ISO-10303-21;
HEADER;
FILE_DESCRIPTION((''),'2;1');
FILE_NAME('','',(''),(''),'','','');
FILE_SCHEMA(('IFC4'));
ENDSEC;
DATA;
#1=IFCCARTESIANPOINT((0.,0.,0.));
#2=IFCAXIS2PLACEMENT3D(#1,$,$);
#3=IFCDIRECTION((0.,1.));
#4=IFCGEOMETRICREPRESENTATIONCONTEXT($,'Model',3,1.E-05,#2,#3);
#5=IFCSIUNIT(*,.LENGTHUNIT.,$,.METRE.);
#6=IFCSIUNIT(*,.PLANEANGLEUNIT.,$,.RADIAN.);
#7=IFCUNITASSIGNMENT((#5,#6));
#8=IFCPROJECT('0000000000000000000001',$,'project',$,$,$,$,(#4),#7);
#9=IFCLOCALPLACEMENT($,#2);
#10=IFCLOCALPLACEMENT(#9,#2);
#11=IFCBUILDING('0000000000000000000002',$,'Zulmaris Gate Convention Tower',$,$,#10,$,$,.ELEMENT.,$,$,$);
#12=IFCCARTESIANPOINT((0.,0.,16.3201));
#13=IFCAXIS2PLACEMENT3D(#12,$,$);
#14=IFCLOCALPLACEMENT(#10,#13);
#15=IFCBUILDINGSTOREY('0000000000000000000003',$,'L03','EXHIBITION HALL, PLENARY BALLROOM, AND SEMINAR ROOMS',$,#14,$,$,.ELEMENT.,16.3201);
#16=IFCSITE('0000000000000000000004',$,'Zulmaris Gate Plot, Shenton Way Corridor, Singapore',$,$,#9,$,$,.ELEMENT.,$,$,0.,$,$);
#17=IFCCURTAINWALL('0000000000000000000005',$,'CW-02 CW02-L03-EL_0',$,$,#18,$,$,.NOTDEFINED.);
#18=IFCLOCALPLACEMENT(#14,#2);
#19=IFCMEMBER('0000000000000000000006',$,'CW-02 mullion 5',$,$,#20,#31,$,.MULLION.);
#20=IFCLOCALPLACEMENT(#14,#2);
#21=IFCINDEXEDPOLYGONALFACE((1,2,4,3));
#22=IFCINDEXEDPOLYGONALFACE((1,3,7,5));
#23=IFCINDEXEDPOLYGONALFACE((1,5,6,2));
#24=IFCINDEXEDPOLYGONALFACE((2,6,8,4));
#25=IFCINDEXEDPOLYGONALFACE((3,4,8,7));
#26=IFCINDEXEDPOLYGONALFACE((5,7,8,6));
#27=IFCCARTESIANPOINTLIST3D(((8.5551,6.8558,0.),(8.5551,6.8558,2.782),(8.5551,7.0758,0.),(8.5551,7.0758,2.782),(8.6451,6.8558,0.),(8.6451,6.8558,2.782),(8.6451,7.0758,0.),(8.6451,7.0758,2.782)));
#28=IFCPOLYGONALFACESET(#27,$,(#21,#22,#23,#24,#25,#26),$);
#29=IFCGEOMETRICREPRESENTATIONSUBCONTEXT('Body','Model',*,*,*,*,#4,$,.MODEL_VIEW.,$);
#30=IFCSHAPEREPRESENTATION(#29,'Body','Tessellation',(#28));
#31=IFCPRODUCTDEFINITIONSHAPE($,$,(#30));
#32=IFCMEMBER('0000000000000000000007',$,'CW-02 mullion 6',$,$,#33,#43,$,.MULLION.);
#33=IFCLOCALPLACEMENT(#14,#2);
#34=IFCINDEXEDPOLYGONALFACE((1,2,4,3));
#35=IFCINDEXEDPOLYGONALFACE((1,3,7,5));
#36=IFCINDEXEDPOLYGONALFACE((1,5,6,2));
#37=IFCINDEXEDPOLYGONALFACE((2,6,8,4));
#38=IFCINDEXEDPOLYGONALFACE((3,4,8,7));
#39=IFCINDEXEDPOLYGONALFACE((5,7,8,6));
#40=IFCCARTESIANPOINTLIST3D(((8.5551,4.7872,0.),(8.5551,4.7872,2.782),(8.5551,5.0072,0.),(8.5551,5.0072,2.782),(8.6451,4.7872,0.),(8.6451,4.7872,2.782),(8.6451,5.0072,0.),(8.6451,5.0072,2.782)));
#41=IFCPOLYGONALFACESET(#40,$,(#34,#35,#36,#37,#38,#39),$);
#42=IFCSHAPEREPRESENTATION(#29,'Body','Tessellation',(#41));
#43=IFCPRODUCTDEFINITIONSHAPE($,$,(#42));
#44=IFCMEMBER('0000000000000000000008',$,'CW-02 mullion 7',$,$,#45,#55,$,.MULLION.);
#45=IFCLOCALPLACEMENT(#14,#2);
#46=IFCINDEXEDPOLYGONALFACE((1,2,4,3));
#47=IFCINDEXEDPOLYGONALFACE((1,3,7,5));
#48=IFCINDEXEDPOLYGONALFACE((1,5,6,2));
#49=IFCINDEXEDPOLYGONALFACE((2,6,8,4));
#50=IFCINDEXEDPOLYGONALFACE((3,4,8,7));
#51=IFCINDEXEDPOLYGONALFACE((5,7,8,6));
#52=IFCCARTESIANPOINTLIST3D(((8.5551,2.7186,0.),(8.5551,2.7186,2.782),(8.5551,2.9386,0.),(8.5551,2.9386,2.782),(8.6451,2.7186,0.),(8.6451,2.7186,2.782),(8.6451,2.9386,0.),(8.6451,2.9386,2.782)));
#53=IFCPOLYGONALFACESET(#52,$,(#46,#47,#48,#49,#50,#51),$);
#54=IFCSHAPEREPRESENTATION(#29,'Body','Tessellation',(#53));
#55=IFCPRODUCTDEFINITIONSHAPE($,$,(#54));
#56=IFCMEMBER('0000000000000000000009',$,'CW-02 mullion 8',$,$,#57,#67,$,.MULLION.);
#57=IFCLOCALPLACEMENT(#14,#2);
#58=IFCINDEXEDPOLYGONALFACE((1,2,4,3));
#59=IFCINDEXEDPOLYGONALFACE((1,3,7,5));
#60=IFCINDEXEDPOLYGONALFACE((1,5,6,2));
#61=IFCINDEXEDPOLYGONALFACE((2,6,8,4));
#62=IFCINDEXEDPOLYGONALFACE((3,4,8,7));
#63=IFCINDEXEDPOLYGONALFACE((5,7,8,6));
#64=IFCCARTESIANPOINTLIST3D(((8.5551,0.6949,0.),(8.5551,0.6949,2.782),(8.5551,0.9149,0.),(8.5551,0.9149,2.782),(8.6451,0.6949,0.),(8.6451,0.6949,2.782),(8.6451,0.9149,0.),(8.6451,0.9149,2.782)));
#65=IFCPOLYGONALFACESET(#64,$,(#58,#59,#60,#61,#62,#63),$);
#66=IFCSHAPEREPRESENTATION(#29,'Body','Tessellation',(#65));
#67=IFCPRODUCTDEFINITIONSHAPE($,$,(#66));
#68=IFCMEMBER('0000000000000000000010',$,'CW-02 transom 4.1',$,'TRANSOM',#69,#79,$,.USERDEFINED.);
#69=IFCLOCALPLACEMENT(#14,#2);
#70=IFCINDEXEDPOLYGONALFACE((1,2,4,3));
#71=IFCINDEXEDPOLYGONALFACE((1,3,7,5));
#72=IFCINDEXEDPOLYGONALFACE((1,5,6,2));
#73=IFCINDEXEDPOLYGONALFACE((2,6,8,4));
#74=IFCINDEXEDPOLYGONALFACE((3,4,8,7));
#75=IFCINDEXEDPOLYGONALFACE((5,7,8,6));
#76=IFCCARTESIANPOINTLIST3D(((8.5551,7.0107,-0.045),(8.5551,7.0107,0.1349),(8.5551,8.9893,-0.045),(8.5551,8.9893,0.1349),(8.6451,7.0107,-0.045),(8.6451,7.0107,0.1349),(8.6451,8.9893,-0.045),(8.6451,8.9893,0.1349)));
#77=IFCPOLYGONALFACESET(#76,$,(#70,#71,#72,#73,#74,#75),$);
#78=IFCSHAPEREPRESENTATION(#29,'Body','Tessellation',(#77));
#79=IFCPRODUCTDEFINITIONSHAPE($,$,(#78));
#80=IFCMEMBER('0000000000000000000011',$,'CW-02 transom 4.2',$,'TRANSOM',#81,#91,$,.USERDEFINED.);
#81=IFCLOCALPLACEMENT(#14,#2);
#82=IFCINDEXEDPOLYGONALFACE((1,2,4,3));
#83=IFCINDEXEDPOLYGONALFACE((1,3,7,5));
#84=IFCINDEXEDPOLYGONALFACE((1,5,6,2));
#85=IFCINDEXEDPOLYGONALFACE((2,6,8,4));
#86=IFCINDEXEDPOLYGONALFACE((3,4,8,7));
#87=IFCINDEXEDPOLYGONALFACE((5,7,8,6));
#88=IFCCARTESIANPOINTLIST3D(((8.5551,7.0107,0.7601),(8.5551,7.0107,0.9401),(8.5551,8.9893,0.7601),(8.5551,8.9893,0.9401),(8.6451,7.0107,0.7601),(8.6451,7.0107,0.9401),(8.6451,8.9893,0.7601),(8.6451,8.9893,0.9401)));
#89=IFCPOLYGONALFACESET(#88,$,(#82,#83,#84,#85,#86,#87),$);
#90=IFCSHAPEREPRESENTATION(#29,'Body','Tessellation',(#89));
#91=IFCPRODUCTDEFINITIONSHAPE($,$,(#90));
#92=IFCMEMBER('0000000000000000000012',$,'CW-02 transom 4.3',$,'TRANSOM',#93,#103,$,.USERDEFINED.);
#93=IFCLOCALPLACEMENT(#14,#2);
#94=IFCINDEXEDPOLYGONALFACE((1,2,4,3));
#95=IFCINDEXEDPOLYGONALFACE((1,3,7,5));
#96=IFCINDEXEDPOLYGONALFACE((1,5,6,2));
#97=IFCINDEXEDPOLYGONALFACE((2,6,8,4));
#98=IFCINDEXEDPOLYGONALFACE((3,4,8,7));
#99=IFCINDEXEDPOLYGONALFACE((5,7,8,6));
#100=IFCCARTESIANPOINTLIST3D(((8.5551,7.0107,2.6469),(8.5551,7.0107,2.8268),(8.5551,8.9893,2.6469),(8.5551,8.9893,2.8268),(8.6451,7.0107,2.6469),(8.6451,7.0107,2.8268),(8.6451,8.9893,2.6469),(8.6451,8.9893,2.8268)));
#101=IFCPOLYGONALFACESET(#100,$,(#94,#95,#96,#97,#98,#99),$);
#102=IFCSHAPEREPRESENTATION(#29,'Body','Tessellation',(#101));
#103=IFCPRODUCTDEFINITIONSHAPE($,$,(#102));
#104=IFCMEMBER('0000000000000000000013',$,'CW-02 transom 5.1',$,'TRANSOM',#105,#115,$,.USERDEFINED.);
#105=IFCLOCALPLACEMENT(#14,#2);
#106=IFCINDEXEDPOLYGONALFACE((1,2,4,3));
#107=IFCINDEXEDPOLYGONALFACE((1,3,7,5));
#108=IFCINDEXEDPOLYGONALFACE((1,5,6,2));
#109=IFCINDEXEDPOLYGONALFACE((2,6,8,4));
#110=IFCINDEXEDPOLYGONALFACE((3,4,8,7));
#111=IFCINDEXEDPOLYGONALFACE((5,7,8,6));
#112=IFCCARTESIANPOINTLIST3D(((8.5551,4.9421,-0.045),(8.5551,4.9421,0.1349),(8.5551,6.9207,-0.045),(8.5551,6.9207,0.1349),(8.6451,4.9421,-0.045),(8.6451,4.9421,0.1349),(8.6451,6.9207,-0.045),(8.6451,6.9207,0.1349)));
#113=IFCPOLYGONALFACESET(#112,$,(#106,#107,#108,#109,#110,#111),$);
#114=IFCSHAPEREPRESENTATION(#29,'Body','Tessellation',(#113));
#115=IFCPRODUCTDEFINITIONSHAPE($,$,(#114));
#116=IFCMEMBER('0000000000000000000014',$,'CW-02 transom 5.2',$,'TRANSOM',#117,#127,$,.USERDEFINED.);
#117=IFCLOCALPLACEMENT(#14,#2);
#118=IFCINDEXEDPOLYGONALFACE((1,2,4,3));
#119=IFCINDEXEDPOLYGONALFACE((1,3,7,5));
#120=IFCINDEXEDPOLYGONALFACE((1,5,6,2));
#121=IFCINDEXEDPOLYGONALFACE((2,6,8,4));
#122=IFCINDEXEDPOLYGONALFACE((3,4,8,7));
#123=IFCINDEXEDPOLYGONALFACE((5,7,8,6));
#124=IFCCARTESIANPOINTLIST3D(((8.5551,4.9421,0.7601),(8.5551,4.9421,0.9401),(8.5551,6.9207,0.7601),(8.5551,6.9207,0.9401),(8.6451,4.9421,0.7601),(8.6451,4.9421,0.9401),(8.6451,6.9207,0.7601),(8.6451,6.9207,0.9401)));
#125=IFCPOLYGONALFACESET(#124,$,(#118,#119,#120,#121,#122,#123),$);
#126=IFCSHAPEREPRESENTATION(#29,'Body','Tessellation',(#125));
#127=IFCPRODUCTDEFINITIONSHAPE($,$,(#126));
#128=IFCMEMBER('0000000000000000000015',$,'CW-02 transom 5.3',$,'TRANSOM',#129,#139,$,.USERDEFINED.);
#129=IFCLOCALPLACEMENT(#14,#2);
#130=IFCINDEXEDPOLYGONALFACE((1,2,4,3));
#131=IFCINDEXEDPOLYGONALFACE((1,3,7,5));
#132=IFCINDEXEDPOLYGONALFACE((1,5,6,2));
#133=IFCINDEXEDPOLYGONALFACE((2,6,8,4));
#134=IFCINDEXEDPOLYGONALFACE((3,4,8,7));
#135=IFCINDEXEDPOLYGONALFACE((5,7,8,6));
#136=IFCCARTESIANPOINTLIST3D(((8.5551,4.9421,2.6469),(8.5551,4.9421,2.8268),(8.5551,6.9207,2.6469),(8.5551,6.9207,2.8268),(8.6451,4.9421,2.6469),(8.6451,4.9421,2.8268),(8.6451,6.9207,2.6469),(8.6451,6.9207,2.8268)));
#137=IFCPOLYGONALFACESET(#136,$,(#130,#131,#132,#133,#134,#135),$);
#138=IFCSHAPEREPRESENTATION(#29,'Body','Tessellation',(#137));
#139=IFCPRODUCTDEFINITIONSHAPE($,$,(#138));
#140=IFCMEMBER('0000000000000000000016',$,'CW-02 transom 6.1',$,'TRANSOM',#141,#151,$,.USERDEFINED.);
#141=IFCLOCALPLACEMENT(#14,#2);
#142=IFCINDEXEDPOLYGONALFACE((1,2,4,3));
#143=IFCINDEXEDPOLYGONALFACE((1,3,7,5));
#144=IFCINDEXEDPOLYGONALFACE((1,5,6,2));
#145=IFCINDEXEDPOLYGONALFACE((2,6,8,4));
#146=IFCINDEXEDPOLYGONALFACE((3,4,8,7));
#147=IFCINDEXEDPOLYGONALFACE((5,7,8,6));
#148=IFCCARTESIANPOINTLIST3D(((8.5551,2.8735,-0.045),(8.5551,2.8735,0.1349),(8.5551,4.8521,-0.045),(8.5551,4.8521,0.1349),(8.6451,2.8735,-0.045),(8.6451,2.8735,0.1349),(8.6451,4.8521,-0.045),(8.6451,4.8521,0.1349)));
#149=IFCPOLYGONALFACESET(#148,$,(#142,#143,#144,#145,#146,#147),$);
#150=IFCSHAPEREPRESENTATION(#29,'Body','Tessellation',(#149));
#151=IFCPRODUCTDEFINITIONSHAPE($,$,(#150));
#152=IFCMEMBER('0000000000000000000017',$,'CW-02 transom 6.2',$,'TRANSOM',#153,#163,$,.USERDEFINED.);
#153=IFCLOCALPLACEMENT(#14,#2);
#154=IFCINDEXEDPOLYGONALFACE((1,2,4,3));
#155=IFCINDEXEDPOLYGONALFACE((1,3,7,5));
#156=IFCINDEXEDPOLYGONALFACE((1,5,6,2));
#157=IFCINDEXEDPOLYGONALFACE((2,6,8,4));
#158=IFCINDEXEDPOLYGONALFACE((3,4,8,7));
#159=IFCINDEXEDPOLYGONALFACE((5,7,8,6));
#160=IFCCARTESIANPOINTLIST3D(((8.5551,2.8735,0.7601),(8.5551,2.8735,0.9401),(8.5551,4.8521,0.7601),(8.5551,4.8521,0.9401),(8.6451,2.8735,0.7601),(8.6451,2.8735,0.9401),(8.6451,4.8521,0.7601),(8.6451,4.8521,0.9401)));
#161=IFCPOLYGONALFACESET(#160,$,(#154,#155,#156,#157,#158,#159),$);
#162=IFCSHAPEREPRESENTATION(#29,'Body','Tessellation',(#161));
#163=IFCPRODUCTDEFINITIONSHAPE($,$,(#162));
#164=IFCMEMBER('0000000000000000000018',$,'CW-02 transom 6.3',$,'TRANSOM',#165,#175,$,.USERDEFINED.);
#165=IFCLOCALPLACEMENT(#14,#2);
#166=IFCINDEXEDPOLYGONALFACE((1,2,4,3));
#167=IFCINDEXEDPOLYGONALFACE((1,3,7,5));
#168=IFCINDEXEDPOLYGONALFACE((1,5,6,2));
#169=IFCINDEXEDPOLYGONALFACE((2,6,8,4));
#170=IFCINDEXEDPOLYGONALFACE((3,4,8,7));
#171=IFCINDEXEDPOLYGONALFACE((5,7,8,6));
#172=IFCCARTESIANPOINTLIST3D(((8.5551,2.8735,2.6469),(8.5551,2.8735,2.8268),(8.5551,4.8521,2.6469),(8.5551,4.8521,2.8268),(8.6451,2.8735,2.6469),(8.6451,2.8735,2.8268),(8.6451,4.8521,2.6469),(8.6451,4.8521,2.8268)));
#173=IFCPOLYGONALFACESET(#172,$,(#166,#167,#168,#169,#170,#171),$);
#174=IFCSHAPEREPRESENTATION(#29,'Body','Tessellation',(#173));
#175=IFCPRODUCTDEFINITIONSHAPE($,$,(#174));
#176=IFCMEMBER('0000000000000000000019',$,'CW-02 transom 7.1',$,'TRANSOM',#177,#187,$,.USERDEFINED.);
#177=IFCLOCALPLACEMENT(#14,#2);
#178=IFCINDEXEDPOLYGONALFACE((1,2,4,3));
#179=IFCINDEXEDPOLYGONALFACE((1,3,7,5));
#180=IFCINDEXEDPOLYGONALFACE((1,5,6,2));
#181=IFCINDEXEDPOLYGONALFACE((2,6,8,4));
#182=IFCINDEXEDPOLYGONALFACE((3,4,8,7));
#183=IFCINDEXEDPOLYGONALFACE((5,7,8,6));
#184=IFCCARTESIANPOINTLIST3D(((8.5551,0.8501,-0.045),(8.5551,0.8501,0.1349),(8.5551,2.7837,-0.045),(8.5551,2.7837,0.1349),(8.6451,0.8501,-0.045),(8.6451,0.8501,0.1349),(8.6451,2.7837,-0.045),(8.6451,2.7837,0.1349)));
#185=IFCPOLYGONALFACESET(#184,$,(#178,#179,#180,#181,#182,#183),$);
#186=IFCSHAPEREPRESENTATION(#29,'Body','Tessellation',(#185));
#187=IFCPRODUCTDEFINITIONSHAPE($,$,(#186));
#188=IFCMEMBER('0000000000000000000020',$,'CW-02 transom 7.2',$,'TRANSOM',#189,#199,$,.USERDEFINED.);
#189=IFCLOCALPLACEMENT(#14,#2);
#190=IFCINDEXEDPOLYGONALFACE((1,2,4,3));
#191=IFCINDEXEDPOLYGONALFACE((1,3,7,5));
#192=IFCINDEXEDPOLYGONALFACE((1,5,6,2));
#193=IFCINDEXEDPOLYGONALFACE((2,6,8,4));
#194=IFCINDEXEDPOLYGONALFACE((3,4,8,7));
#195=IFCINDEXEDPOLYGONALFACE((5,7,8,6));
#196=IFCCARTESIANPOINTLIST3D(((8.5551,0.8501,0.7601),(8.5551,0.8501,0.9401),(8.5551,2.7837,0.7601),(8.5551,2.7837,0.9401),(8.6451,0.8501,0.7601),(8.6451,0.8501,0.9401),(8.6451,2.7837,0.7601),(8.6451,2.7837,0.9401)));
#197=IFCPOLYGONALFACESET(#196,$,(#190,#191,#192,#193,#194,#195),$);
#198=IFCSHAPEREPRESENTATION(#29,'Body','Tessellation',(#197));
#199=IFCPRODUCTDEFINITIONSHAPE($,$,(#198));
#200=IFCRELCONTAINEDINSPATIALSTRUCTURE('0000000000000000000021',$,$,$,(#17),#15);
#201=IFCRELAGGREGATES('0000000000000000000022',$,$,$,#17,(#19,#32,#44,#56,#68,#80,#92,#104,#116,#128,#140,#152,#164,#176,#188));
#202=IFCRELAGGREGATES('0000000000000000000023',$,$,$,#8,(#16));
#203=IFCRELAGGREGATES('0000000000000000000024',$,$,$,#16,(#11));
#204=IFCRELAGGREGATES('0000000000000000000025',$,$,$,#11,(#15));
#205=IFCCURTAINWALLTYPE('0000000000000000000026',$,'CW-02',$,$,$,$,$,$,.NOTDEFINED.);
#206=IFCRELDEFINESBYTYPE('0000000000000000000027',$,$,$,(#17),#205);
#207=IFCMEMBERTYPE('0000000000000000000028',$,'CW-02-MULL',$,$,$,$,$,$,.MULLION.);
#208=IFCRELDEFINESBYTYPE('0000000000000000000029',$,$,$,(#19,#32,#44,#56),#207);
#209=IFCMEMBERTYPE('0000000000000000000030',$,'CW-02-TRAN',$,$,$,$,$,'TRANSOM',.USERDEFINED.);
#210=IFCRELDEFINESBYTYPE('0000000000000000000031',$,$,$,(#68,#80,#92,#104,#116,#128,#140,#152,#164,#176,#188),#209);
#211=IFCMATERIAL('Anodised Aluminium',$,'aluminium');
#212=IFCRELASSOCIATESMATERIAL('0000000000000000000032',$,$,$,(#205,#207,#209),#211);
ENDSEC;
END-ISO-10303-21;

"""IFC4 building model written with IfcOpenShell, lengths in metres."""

from ifc_helpers import new_model, si_unit, direction, frame, origin, origin_2d, place, context, subcontext, project, spatial, rectangle, extrude, material, material_profile, profile_set, type_object, element, aggregate, save


model = new_model("IFC4")

# Units and contexts
model_context = context("Model", 3, precision=1e-05, world=origin(), true_north=direction((0.0, 1.0)))
body_context = subcontext(model_context, "Body", "Model", "MODEL_VIEW")
ifc_project = project(units=[si_unit("LENGTHUNIT", "METRE"), si_unit("PLANEANGLEUNIT", "RADIAN")], contexts=[model_context])

# Site, building, storey
site_placement = place(None, origin())
site = spatial("IfcSite", under=ifc_project, at=site_placement, Name="Zulmaris Gate Plot, Shenton Way Corridor, Singapore", CompositionType="ELEMENT", RefElevation=0.0)
building_placement = place(site_placement, origin())
building = spatial("IfcBuilding", under=site, at=building_placement, Name="Zulmaris Gate Convention Tower", CompositionType="ELEMENT")
storey_placement = place(building_placement, frame((0.0, 0.0, 16.3201)))
storey = spatial("IfcBuildingStorey", under=building, at=storey_placement, Name="L03", Description="EXHIBITION HALL, PLENARY BALLROOM, AND SEMINAR ROOMS", CompositionType="ELEMENT", Elevation=16.3201)

# Curtain wall, members
ifc_material_1 = material(Name="Anodised Aluminium", Category="aluminium")
curtain_wall_type = type_object("IfcCurtainWallType", Name="CW-02", PredefinedType="NOTDEFINED", material=ifc_material_1)
curtain_wall_placement = place(storey_placement, origin())
curtain_wall = element("IfcCurtainWall", 1, at=curtain_wall_placement, inside=storey, type_object=curtain_wall_type, Name="CW-02 CW02-L03-EL_0", PredefinedType="NOTDEFINED")
ifc_material_profile_1 = material_profile(ifc_material_1, rectangle(XDim=0.0901, YDim=0.22, at=origin_2d()), Name="ALU MULLION 90x220")
ifc_profile_set_1 = profile_set([ifc_material_profile_1], Name="Anodised Aluminium")
member_type_1 = type_object("IfcMemberType", Name="CW-02-MULL", PredefinedType="MULLION", material=ifc_profile_set_1)
member_1_placement = place(storey_placement, frame((8.6001, 6.9658, 0.0), z_axis=(0.0, 0.0, 1.0), x_axis=(1.0, 0.0, 0.0)))
member_1 = element("IfcMember", 2, at=member_1_placement, type_object=member_type_1, Name="CW-02 mullion 5", PredefinedType="MULLION", context=body_context, shape_type="SweptSolid", body=[
    extrude(rectangle(XDim=0.0901, YDim=0.22, at=origin_2d()), origin(), (0.0, 0.0, 1.0), 2.782),
])
member_2_placement = place(storey_placement, frame((8.6001, 4.8972, 0.0), z_axis=(0.0, 0.0, 1.0), x_axis=(1.0, 0.0, 0.0)))
member_2 = element("IfcMember", 3, at=member_2_placement, type_object=member_type_1, Name="CW-02 mullion 6", PredefinedType="MULLION", context=body_context, shape_type="SweptSolid", body=[
    extrude(rectangle(XDim=0.0901, YDim=0.22, at=origin_2d()), origin(), (0.0, 0.0, 1.0), 2.782),
])
member_3_placement = place(storey_placement, frame((8.6001, 2.8286, 0.0), z_axis=(0.0, 0.0, 1.0), x_axis=(1.0, 0.0, 0.0)))
member_3 = element("IfcMember", 4, at=member_3_placement, type_object=member_type_1, Name="CW-02 mullion 7", PredefinedType="MULLION", context=body_context, shape_type="SweptSolid", body=[
    extrude(rectangle(XDim=0.0901, YDim=0.22, at=origin_2d()), origin(), (0.0, 0.0, 1.0), 2.782),
])
member_4_placement = place(storey_placement, frame((8.6001, 0.8049, 0.0), z_axis=(0.0, 0.0, 1.0), x_axis=(1.0, 0.0, 0.0)))
member_4 = element("IfcMember", 5, at=member_4_placement, type_object=member_type_1, Name="CW-02 mullion 8", PredefinedType="MULLION", context=body_context, shape_type="SweptSolid", body=[
    extrude(rectangle(XDim=0.0901, YDim=0.22, at=origin_2d()), origin(), (0.0, 0.0, 1.0), 2.782),
])
ifc_material_profile_2 = material_profile(ifc_material_1, rectangle(XDim=0.0901, YDim=0.1799, at=origin_2d()), Name="ALU TRANSOM 90x180")
ifc_profile_set_2 = profile_set([ifc_material_profile_2], Name="Anodised Aluminium")
member_type_2 = type_object("IfcMemberType", Name="CW-02-TRAN", ElementType="TRANSOM", PredefinedType="USERDEFINED", material=ifc_profile_set_2)
member_5_placement = place(storey_placement, frame((8.6001, 8.9893, 0.0449), z_axis=(0.0, -1.0, 0.0), x_axis=(1.0, 0.0, 0.0)))
member_5 = element("IfcMember", 6, at=member_5_placement, type_object=member_type_2, Name="CW-02 transom 4.1", ObjectType="TRANSOM", PredefinedType="USERDEFINED", context=body_context, shape_type="SweptSolid", body=[
    extrude(rectangle(XDim=0.0901, YDim=0.1799, at=origin_2d()), origin(), (0.0, 0.0, 1.0), 1.9785),
])
member_6_placement = place(storey_placement, frame((8.6001, 8.9893, 0.8501), z_axis=(0.0, -1.0, 0.0), x_axis=(1.0, 0.0, 0.0)))
member_6 = element("IfcMember", 7, at=member_6_placement, type_object=member_type_2, Name="CW-02 transom 4.2", ObjectType="TRANSOM", PredefinedType="USERDEFINED", context=body_context, shape_type="SweptSolid", body=[
    extrude(rectangle(XDim=0.0901, YDim=0.1799, at=origin_2d()), origin(), (0.0, 0.0, 1.0), 1.9785),
])
member_7_placement = place(storey_placement, frame((8.6001, 8.9893, 2.7368), z_axis=(0.0, -1.0, 0.0), x_axis=(1.0, 0.0, 0.0)))
member_7 = element("IfcMember", 8, at=member_7_placement, type_object=member_type_2, Name="CW-02 transom 4.3", ObjectType="TRANSOM", PredefinedType="USERDEFINED", context=body_context, shape_type="SweptSolid", body=[
    extrude(rectangle(XDim=0.0901, YDim=0.1799, at=origin_2d()), origin(), (0.0, 0.0, 1.0), 1.9785),
])
member_8_placement = place(storey_placement, frame((8.6001, 6.9207, 0.0449), z_axis=(0.0, -1.0, 0.0), x_axis=(1.0, 0.0, 0.0)))
member_8 = element("IfcMember", 9, at=member_8_placement, type_object=member_type_2, Name="CW-02 transom 5.1", ObjectType="TRANSOM", PredefinedType="USERDEFINED", context=body_context, shape_type="SweptSolid", body=[
    extrude(rectangle(XDim=0.0901, YDim=0.1799, at=origin_2d()), origin(), (0.0, 0.0, 1.0), 1.9785),
])
member_9_placement = place(storey_placement, frame((8.6001, 6.9207, 0.8501), z_axis=(0.0, -1.0, 0.0), x_axis=(1.0, 0.0, 0.0)))
member_9 = element("IfcMember", 10, at=member_9_placement, type_object=member_type_2, Name="CW-02 transom 5.2", ObjectType="TRANSOM", PredefinedType="USERDEFINED", context=body_context, shape_type="SweptSolid", body=[
    extrude(rectangle(XDim=0.0901, YDim=0.1799, at=origin_2d()), origin(), (0.0, 0.0, 1.0), 1.9785),
])
member_10_placement = place(storey_placement, frame((8.6001, 6.9207, 2.7368), z_axis=(0.0, -1.0, 0.0), x_axis=(1.0, 0.0, 0.0)))
member_10 = element("IfcMember", 11, at=member_10_placement, type_object=member_type_2, Name="CW-02 transom 5.3", ObjectType="TRANSOM", PredefinedType="USERDEFINED", context=body_context, shape_type="SweptSolid", body=[
    extrude(rectangle(XDim=0.0901, YDim=0.1799, at=origin_2d()), origin(), (0.0, 0.0, 1.0), 1.9785),
])
member_11_placement = place(storey_placement, frame((8.6001, 4.8521, 0.0449), z_axis=(0.0, -1.0, 0.0), x_axis=(1.0, 0.0, 0.0)))
member_11 = element("IfcMember", 12, at=member_11_placement, type_object=member_type_2, Name="CW-02 transom 6.1", ObjectType="TRANSOM", PredefinedType="USERDEFINED", context=body_context, shape_type="SweptSolid", body=[
    extrude(rectangle(XDim=0.0901, YDim=0.1799, at=origin_2d()), origin(), (0.0, 0.0, 1.0), 1.9785),
])
member_12_placement = place(storey_placement, frame((8.6001, 4.8521, 0.8501), z_axis=(0.0, -1.0, 0.0), x_axis=(1.0, 0.0, 0.0)))
member_12 = element("IfcMember", 13, at=member_12_placement, type_object=member_type_2, Name="CW-02 transom 6.2", ObjectType="TRANSOM", PredefinedType="USERDEFINED", context=body_context, shape_type="SweptSolid", body=[
    extrude(rectangle(XDim=0.0901, YDim=0.1799, at=origin_2d()), origin(), (0.0, 0.0, 1.0), 1.9785),
])
member_13_placement = place(storey_placement, frame((8.6001, 4.8521, 2.7368), z_axis=(0.0, -1.0, 0.0), x_axis=(1.0, 0.0, 0.0)))
member_13 = element("IfcMember", 14, at=member_13_placement, type_object=member_type_2, Name="CW-02 transom 6.3", ObjectType="TRANSOM", PredefinedType="USERDEFINED", context=body_context, shape_type="SweptSolid", body=[
    extrude(rectangle(XDim=0.0901, YDim=0.1799, at=origin_2d()), origin(), (0.0, 0.0, 1.0), 1.9785),
])
member_14_placement = place(storey_placement, frame((8.6001, 2.7837, 0.0449), z_axis=(0.0, -1.0, 0.0), x_axis=(1.0, 0.0, 0.0)))
member_14 = element("IfcMember", 15, at=member_14_placement, type_object=member_type_2, Name="CW-02 transom 7.1", ObjectType="TRANSOM", PredefinedType="USERDEFINED", context=body_context, shape_type="SweptSolid", body=[
    extrude(rectangle(XDim=0.0901, YDim=0.1799, at=origin_2d()), origin(), (0.0, 0.0, 1.0), 1.9336),
])
member_15_placement = place(storey_placement, frame((8.6001, 2.7837, 0.8501), z_axis=(0.0, -1.0, 0.0), x_axis=(1.0, 0.0, 0.0)))
member_15 = element("IfcMember", 16, at=member_15_placement, type_object=member_type_2, Name="CW-02 transom 7.2", ObjectType="TRANSOM", PredefinedType="USERDEFINED", context=body_context, shape_type="SweptSolid", body=[
    extrude(rectangle(XDim=0.0901, YDim=0.1799, at=origin_2d()), origin(), (0.0, 0.0, 1.0), 1.9336),
])
aggregate(curtain_wall, [member_1, member_2, member_3, member_4, member_5, member_6, member_7, member_8, member_9, member_10, member_11, member_12, member_13, member_14, member_15])

save(model, "model.ifc")
